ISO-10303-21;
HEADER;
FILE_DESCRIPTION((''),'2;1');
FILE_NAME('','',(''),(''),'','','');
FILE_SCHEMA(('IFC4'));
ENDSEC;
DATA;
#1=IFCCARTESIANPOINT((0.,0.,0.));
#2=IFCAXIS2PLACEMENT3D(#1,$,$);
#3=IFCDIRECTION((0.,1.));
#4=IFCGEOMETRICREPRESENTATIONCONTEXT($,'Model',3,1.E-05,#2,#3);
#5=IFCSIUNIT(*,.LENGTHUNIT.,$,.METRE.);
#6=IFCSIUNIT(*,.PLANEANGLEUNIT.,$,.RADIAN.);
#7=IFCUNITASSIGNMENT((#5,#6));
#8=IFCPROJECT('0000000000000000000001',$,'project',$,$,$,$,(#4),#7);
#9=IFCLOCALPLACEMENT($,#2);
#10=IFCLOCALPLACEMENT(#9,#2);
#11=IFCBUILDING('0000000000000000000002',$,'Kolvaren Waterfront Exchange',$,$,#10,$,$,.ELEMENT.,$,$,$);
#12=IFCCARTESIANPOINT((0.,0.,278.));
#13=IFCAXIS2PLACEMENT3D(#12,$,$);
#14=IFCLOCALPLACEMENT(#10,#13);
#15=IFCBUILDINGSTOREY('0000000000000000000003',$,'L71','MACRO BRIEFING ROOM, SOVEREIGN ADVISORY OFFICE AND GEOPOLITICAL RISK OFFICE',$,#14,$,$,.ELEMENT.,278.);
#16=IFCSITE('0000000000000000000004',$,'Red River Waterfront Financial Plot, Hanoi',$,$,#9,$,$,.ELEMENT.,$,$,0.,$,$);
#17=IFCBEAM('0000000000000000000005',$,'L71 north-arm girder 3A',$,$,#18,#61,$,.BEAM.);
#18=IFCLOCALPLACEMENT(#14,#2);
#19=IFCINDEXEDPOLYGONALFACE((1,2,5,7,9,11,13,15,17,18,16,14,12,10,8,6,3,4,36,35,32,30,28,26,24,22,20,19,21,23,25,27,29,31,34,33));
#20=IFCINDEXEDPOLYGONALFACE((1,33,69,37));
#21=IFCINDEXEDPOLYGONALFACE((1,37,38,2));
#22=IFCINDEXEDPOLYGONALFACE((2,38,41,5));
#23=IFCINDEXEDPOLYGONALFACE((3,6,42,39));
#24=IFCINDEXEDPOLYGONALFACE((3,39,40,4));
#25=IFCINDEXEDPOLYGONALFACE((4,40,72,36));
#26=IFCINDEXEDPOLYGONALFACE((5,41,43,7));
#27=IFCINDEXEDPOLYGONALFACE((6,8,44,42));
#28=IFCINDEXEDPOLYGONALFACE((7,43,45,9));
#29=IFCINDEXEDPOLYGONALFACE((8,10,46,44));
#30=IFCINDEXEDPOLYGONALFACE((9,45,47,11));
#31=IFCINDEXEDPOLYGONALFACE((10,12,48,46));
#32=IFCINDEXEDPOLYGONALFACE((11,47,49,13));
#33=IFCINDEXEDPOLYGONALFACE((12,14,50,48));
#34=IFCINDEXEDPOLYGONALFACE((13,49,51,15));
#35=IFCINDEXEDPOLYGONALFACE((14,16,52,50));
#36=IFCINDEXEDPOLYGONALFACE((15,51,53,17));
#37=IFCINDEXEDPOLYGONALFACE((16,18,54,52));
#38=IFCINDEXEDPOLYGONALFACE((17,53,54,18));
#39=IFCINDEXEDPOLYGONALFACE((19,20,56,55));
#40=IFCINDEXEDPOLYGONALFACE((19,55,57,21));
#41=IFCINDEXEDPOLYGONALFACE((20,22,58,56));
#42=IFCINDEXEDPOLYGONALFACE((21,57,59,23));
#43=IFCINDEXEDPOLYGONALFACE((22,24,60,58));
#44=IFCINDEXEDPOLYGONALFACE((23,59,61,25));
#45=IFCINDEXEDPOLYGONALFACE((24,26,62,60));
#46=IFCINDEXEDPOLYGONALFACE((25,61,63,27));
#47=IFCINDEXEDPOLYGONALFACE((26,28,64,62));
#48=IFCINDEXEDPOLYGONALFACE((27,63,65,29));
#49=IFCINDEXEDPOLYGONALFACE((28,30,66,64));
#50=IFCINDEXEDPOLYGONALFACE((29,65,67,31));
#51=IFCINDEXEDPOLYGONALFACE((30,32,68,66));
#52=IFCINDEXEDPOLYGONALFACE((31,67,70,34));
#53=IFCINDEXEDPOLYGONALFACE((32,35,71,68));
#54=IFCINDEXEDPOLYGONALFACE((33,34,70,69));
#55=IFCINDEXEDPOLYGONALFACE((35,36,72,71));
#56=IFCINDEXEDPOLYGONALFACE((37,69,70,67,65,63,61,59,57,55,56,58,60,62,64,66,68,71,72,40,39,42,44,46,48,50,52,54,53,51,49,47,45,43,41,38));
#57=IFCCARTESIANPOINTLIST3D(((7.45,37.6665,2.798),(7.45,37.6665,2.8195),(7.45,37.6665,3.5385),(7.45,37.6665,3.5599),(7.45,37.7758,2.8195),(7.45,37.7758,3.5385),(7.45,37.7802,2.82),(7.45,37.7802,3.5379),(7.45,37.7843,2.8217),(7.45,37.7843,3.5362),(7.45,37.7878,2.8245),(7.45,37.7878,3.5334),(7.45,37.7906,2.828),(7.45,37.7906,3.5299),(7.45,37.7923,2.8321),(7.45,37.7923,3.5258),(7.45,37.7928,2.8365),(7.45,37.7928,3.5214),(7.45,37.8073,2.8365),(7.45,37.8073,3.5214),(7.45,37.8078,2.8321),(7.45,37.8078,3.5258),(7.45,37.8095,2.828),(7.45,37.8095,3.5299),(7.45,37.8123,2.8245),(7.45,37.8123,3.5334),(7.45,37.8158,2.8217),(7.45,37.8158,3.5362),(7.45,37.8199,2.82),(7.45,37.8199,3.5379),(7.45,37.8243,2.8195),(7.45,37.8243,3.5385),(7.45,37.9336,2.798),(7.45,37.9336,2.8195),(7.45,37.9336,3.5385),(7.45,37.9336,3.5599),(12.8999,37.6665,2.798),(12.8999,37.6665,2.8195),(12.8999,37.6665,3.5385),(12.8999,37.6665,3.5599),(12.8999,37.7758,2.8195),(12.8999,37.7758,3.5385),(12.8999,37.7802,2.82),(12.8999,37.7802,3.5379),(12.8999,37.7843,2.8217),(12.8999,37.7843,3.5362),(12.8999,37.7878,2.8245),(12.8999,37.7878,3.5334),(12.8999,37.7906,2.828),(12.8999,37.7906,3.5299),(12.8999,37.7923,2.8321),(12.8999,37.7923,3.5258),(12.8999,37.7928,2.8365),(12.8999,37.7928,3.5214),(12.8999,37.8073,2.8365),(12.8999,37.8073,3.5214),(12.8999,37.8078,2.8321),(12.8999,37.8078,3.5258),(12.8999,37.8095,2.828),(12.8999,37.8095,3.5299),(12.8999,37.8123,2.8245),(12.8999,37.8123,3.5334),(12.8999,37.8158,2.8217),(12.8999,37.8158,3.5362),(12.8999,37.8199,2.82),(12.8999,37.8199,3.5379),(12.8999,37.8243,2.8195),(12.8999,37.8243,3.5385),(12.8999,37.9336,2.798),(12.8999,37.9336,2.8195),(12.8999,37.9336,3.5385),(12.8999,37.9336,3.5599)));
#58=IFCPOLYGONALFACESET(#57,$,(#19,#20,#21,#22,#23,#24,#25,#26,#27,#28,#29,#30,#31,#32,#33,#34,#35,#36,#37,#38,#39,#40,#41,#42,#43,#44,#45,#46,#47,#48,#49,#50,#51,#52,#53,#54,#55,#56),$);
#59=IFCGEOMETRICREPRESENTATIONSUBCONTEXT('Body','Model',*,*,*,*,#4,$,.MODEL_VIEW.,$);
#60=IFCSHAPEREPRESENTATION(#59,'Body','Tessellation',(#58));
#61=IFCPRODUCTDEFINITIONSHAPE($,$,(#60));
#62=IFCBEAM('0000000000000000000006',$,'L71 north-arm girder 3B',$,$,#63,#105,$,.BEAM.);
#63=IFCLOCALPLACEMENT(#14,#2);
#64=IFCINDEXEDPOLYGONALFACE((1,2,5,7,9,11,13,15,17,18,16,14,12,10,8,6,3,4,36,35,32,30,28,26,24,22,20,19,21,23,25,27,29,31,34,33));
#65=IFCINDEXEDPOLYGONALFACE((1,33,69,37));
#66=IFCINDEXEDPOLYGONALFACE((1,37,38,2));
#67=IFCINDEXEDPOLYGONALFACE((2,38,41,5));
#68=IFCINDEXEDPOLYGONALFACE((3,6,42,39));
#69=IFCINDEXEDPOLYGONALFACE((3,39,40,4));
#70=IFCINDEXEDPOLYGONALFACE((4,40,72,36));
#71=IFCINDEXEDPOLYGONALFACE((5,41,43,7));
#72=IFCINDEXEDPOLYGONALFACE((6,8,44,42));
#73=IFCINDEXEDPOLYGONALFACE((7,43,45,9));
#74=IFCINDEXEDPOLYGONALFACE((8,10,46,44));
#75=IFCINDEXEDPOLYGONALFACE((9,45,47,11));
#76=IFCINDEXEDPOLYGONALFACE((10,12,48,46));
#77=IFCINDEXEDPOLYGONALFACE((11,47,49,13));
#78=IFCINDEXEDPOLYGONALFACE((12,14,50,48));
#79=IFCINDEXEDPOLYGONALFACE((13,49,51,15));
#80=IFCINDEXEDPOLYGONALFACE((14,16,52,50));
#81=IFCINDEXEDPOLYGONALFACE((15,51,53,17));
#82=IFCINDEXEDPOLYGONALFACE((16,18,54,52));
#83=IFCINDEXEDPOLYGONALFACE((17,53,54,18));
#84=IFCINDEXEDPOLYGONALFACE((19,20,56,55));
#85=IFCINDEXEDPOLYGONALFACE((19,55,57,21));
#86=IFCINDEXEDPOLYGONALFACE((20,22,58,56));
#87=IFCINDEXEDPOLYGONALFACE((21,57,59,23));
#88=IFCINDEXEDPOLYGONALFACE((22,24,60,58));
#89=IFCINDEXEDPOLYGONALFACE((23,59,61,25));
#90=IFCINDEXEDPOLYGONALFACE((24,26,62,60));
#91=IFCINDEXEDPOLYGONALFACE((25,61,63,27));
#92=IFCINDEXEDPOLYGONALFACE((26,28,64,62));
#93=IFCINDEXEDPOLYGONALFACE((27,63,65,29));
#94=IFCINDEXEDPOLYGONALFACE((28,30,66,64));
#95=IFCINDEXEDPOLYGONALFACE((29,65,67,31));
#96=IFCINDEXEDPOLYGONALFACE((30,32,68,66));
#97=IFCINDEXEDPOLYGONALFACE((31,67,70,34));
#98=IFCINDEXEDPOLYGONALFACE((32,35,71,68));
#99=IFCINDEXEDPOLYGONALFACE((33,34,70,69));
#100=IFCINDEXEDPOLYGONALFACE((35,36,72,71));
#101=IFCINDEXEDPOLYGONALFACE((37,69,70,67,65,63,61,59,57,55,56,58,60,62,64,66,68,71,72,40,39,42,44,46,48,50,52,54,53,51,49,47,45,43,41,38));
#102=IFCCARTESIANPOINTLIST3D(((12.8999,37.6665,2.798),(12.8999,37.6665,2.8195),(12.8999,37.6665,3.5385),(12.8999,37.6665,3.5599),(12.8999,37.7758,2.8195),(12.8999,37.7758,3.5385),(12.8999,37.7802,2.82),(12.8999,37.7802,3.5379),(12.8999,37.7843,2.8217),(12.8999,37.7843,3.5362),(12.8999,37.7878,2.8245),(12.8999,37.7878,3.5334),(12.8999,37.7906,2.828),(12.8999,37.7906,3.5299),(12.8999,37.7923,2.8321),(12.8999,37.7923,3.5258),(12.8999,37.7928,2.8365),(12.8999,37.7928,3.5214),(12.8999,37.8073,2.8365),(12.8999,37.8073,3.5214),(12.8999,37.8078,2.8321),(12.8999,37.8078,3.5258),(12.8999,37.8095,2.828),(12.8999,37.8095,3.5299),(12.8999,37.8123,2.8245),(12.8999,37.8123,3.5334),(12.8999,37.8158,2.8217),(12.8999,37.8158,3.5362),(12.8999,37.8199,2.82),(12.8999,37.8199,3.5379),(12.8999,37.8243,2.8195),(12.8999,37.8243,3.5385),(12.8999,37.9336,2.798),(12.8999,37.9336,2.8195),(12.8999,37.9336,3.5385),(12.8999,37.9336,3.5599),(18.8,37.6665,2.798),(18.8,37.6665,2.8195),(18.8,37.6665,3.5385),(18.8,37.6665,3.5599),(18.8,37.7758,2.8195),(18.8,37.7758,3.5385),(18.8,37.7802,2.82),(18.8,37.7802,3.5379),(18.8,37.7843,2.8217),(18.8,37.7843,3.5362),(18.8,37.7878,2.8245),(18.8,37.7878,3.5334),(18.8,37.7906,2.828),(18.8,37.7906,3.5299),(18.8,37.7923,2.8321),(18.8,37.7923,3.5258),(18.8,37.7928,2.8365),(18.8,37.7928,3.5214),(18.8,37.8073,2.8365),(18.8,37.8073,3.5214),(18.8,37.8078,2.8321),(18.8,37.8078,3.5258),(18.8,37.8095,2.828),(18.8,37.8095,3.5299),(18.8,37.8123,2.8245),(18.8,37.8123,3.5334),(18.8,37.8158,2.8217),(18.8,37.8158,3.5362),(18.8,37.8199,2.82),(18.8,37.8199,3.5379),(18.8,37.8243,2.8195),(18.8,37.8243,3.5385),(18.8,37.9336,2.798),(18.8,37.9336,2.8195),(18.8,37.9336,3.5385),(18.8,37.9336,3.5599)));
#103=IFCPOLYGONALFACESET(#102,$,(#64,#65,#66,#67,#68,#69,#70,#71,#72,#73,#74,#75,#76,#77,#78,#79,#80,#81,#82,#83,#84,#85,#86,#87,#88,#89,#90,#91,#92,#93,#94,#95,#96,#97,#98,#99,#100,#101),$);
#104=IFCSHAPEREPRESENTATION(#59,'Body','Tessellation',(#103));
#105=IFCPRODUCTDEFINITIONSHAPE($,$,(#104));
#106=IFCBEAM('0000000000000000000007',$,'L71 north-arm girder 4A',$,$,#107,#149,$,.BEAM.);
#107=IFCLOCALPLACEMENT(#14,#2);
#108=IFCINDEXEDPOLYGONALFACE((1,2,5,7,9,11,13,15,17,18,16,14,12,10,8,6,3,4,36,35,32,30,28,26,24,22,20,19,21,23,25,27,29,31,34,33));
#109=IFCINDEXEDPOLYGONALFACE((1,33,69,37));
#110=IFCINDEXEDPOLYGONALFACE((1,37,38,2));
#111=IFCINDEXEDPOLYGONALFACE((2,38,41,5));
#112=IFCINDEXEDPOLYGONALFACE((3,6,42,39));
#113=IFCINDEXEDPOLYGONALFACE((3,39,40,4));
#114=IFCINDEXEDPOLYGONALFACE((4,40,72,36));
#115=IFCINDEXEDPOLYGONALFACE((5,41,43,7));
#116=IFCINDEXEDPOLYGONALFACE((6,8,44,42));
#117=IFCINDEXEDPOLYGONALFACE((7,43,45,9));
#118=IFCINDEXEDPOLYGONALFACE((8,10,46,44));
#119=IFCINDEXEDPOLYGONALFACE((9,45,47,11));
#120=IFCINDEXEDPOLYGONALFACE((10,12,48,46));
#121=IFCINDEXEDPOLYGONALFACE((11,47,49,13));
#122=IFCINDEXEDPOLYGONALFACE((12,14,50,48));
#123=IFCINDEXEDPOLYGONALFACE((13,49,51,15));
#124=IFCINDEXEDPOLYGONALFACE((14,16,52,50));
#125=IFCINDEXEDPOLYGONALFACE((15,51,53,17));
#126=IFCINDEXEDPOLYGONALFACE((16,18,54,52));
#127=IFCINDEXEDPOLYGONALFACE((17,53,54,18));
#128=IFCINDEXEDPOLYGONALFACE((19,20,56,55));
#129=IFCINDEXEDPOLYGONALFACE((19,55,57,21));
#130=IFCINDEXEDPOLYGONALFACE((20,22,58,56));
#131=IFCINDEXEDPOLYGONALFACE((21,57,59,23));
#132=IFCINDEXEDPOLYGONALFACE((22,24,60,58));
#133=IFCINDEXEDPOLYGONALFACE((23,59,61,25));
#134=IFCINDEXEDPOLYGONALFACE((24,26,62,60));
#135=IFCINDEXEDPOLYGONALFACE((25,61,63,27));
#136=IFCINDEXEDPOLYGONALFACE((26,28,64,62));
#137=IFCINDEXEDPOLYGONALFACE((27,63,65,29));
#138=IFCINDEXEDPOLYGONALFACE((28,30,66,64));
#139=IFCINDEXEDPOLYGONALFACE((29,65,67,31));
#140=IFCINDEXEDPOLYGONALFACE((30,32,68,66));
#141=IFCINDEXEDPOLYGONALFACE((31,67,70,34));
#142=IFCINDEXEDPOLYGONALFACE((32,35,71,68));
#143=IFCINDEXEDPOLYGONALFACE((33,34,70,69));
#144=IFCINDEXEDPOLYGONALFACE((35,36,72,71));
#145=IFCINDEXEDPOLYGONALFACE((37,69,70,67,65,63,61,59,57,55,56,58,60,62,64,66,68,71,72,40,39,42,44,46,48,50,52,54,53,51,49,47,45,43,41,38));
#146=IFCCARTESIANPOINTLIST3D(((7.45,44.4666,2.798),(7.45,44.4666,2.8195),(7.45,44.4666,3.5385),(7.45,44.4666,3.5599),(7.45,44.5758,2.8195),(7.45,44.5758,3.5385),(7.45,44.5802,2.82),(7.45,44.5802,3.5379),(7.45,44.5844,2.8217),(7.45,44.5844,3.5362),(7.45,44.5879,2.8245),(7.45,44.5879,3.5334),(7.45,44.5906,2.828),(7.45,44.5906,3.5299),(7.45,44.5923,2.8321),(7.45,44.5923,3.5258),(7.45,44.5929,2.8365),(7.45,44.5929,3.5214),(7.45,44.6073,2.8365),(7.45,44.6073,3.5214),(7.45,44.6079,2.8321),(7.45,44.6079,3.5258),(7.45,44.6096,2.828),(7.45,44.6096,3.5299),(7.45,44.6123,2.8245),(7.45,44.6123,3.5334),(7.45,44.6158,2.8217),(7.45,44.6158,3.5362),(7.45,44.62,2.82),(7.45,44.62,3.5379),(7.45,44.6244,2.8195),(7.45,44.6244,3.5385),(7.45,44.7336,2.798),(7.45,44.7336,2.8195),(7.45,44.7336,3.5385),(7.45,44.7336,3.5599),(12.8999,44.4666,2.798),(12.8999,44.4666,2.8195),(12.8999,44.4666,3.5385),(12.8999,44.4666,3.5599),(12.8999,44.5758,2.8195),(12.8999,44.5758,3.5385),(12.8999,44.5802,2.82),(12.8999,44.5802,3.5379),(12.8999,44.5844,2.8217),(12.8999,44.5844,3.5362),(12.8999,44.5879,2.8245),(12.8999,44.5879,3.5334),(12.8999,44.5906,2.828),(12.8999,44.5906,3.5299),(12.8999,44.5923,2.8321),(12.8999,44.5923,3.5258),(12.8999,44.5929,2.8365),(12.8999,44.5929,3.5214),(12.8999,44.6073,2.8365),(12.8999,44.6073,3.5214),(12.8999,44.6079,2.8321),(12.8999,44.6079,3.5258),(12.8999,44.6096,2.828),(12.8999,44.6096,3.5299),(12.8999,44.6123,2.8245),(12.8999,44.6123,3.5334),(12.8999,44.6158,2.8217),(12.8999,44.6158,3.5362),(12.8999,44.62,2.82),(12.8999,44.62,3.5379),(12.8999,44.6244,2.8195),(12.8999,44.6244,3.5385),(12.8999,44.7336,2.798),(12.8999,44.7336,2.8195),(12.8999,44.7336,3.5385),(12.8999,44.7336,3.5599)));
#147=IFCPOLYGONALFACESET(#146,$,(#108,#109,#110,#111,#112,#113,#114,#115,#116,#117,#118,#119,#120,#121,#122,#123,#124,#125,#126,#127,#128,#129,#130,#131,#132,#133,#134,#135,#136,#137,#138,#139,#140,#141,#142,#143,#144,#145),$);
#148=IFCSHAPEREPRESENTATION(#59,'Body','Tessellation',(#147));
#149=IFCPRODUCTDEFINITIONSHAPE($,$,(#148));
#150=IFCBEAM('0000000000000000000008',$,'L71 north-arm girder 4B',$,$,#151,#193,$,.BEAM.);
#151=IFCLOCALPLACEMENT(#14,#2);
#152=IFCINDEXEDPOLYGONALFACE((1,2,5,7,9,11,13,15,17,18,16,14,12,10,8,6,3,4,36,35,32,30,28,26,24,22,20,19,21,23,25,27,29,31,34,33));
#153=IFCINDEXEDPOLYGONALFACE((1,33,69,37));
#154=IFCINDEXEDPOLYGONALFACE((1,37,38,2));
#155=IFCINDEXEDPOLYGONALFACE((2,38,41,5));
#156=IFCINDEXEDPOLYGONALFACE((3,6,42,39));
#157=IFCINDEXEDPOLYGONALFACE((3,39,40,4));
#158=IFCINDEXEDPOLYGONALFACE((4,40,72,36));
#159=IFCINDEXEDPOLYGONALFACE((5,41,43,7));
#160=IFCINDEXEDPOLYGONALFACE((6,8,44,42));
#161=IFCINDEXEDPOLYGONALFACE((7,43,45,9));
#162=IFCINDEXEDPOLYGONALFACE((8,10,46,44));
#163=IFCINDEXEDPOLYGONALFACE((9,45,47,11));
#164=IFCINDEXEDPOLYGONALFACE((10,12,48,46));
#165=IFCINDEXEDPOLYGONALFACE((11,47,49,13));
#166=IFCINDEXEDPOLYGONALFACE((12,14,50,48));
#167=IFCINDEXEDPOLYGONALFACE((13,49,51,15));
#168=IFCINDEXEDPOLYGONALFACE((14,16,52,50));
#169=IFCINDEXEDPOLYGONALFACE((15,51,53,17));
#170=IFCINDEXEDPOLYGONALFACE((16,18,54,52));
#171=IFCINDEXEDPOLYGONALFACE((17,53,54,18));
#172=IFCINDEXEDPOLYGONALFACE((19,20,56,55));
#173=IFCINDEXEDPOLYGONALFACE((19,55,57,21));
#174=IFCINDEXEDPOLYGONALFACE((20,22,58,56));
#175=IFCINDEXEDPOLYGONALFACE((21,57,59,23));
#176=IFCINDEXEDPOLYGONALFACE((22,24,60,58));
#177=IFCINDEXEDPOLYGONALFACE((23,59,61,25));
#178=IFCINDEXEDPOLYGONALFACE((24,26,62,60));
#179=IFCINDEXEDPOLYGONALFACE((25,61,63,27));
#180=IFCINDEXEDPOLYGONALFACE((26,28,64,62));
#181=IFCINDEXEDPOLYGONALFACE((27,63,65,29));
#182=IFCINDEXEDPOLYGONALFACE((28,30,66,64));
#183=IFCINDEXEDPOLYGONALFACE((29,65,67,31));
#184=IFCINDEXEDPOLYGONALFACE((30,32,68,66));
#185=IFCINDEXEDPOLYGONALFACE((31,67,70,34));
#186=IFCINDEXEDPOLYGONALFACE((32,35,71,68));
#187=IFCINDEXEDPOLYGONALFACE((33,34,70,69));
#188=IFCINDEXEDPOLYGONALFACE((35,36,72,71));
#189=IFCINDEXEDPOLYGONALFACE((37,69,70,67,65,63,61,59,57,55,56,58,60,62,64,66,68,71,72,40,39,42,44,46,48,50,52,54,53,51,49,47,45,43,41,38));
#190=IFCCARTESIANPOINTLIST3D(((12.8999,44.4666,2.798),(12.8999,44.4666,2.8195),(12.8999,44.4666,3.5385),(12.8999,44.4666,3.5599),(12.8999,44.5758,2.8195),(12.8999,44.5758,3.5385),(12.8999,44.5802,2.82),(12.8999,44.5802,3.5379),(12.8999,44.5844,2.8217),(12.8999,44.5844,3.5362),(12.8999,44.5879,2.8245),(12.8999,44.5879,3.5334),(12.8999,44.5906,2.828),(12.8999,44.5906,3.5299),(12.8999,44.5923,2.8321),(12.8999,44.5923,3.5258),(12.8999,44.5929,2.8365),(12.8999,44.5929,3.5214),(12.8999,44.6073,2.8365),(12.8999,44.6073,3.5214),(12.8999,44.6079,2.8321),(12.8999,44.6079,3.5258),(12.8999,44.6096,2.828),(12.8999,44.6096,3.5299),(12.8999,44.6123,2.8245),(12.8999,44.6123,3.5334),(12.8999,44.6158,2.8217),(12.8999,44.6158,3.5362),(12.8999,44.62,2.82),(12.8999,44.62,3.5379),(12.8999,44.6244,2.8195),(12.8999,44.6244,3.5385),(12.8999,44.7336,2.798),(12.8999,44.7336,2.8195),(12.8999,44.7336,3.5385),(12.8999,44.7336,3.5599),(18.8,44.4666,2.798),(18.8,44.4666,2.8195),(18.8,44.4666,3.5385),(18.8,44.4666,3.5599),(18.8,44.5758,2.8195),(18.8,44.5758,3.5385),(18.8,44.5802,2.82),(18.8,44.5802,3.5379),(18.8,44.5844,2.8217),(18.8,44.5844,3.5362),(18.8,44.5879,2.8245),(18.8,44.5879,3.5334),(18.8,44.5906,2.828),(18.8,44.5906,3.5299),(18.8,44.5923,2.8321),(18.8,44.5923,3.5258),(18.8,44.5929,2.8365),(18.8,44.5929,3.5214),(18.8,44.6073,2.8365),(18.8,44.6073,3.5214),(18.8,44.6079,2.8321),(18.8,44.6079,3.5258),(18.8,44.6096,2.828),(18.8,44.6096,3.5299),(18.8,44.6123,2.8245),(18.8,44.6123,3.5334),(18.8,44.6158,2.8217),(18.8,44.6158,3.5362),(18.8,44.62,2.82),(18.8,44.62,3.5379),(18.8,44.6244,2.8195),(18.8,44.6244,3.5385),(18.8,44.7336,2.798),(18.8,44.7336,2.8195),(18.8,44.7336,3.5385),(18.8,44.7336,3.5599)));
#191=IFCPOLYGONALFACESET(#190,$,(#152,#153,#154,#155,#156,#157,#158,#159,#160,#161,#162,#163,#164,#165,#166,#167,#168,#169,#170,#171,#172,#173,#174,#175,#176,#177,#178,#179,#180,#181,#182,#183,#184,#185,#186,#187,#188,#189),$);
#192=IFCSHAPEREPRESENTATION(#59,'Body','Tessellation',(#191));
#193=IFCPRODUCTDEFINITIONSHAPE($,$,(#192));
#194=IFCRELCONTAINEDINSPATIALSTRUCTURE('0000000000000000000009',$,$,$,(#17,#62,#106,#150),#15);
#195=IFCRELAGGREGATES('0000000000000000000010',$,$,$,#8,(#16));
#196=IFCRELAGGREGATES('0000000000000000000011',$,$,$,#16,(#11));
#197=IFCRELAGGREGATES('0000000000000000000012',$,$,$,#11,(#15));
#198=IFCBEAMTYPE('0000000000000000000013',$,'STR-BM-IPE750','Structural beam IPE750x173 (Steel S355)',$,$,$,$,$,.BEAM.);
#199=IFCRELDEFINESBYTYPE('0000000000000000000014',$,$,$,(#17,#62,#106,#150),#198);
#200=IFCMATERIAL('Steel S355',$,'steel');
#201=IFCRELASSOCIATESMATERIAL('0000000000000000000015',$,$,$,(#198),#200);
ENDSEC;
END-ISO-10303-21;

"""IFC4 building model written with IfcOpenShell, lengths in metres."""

from ifc_helpers import new_model, si_unit, direction, frame, origin, origin_2d, place, context, subcontext, project, spatial, i_section, extrude, material, material_profile, profile_set, type_object, element, save


model = new_model("IFC4")

# Units and contexts
model_context = context("Model", 3, precision=1e-05, world=origin(), true_north=direction((0.0, 1.0)))
body_context = subcontext(model_context, "Body", "Model", "MODEL_VIEW")
ifc_project = project(units=[si_unit("LENGTHUNIT", "METRE"), si_unit("PLANEANGLEUNIT", "RADIAN")], contexts=[model_context])

# Site, building, storey
site_placement = place(None, origin())
site = spatial("IfcSite", under=ifc_project, at=site_placement, Name="Red River Waterfront Financial Plot, Hanoi", CompositionType="ELEMENT", RefElevation=0.0)
building_placement = place(site_placement, origin())
building = spatial("IfcBuilding", under=site, at=building_placement, Name="Kolvaren Waterfront Exchange", CompositionType="ELEMENT")
storey_placement = place(building_placement, frame((0.0, 0.0, 278.0)))
storey = spatial("IfcBuildingStorey", under=building, at=storey_placement, Name="L71", Description="MACRO BRIEFING ROOM, SOVEREIGN ADVISORY OFFICE AND GEOPOLITICAL RISK OFFICE", CompositionType="ELEMENT", Elevation=278.0)

# Beams
ifc_material_1 = material(Name="Steel S355", Category="steel")
ifc_material_profile_1 = material_profile(ifc_material_1, i_section(OverallWidth=0.2671, OverallDepth=0.762, WebThickness=0.0144, FlangeThickness=0.0215, FilletRadius=0.0171, at=origin_2d()), Name="IPE750x173")
ifc_profile_set_1 = profile_set([ifc_material_profile_1], Name="Steel S355")
beam_type_1 = type_object("IfcBeamType", Name="STR-BM-IPE750", Description="Structural beam IPE750x173 (Steel S355)", PredefinedType="BEAM", material=ifc_profile_set_1)
beam_1_placement = place(storey_placement, frame((7.45, 37.8, 3.179), z_axis=(1.0, 0.0, 0.0), x_axis=(0.0, 1.0, 0.0)))
element("IfcBeam", 1, at=beam_1_placement, inside=storey, type_object=beam_type_1, Name="L71 north-arm girder 3A", PredefinedType="BEAM", context=body_context, shape_type="SweptSolid", body=[
    extrude(i_section(OverallWidth=0.2671, OverallDepth=0.762, WebThickness=0.0144, FlangeThickness=0.0215, FilletRadius=0.0171, at=origin_2d()), origin(), (0.0, 0.0, 1.0), 5.45),
])
beam_2_placement = place(storey_placement, frame((12.8999, 37.8, 3.179), z_axis=(1.0, 0.0, 0.0), x_axis=(0.0, 1.0, 0.0)))
element("IfcBeam", 2, at=beam_2_placement, inside=storey, type_object=beam_type_1, Name="L71 north-arm girder 3B", PredefinedType="BEAM", context=body_context, shape_type="SweptSolid", body=[
    extrude(i_section(OverallWidth=0.2671, OverallDepth=0.762, WebThickness=0.0144, FlangeThickness=0.0215, FilletRadius=0.0171, at=origin_2d()), origin(), (0.0, 0.0, 1.0), 5.9001),
])
beam_3_placement = place(storey_placement, frame((7.45, 44.6001, 3.179), z_axis=(1.0, 0.0, 0.0), x_axis=(0.0, 1.0, 0.0)))
element("IfcBeam", 3, at=beam_3_placement, inside=storey, type_object=beam_type_1, Name="L71 north-arm girder 4A", PredefinedType="BEAM", context=body_context, shape_type="SweptSolid", body=[
    extrude(i_section(OverallWidth=0.2671, OverallDepth=0.762, WebThickness=0.0144, FlangeThickness=0.0215, FilletRadius=0.0171, at=origin_2d()), origin(), (0.0, 0.0, 1.0), 5.45),
])
beam_4_placement = place(storey_placement, frame((12.8999, 44.6001, 3.179), z_axis=(1.0, 0.0, 0.0), x_axis=(0.0, 1.0, 0.0)))
element("IfcBeam", 4, at=beam_4_placement, inside=storey, type_object=beam_type_1, Name="L71 north-arm girder 4B", PredefinedType="BEAM", context=body_context, shape_type="SweptSolid", body=[
    extrude(i_section(OverallWidth=0.2671, OverallDepth=0.762, WebThickness=0.0144, FlangeThickness=0.0215, FilletRadius=0.0171, at=origin_2d()), origin(), (0.0, 0.0, 1.0), 5.9001),
])

save(model, "model.ifc")
